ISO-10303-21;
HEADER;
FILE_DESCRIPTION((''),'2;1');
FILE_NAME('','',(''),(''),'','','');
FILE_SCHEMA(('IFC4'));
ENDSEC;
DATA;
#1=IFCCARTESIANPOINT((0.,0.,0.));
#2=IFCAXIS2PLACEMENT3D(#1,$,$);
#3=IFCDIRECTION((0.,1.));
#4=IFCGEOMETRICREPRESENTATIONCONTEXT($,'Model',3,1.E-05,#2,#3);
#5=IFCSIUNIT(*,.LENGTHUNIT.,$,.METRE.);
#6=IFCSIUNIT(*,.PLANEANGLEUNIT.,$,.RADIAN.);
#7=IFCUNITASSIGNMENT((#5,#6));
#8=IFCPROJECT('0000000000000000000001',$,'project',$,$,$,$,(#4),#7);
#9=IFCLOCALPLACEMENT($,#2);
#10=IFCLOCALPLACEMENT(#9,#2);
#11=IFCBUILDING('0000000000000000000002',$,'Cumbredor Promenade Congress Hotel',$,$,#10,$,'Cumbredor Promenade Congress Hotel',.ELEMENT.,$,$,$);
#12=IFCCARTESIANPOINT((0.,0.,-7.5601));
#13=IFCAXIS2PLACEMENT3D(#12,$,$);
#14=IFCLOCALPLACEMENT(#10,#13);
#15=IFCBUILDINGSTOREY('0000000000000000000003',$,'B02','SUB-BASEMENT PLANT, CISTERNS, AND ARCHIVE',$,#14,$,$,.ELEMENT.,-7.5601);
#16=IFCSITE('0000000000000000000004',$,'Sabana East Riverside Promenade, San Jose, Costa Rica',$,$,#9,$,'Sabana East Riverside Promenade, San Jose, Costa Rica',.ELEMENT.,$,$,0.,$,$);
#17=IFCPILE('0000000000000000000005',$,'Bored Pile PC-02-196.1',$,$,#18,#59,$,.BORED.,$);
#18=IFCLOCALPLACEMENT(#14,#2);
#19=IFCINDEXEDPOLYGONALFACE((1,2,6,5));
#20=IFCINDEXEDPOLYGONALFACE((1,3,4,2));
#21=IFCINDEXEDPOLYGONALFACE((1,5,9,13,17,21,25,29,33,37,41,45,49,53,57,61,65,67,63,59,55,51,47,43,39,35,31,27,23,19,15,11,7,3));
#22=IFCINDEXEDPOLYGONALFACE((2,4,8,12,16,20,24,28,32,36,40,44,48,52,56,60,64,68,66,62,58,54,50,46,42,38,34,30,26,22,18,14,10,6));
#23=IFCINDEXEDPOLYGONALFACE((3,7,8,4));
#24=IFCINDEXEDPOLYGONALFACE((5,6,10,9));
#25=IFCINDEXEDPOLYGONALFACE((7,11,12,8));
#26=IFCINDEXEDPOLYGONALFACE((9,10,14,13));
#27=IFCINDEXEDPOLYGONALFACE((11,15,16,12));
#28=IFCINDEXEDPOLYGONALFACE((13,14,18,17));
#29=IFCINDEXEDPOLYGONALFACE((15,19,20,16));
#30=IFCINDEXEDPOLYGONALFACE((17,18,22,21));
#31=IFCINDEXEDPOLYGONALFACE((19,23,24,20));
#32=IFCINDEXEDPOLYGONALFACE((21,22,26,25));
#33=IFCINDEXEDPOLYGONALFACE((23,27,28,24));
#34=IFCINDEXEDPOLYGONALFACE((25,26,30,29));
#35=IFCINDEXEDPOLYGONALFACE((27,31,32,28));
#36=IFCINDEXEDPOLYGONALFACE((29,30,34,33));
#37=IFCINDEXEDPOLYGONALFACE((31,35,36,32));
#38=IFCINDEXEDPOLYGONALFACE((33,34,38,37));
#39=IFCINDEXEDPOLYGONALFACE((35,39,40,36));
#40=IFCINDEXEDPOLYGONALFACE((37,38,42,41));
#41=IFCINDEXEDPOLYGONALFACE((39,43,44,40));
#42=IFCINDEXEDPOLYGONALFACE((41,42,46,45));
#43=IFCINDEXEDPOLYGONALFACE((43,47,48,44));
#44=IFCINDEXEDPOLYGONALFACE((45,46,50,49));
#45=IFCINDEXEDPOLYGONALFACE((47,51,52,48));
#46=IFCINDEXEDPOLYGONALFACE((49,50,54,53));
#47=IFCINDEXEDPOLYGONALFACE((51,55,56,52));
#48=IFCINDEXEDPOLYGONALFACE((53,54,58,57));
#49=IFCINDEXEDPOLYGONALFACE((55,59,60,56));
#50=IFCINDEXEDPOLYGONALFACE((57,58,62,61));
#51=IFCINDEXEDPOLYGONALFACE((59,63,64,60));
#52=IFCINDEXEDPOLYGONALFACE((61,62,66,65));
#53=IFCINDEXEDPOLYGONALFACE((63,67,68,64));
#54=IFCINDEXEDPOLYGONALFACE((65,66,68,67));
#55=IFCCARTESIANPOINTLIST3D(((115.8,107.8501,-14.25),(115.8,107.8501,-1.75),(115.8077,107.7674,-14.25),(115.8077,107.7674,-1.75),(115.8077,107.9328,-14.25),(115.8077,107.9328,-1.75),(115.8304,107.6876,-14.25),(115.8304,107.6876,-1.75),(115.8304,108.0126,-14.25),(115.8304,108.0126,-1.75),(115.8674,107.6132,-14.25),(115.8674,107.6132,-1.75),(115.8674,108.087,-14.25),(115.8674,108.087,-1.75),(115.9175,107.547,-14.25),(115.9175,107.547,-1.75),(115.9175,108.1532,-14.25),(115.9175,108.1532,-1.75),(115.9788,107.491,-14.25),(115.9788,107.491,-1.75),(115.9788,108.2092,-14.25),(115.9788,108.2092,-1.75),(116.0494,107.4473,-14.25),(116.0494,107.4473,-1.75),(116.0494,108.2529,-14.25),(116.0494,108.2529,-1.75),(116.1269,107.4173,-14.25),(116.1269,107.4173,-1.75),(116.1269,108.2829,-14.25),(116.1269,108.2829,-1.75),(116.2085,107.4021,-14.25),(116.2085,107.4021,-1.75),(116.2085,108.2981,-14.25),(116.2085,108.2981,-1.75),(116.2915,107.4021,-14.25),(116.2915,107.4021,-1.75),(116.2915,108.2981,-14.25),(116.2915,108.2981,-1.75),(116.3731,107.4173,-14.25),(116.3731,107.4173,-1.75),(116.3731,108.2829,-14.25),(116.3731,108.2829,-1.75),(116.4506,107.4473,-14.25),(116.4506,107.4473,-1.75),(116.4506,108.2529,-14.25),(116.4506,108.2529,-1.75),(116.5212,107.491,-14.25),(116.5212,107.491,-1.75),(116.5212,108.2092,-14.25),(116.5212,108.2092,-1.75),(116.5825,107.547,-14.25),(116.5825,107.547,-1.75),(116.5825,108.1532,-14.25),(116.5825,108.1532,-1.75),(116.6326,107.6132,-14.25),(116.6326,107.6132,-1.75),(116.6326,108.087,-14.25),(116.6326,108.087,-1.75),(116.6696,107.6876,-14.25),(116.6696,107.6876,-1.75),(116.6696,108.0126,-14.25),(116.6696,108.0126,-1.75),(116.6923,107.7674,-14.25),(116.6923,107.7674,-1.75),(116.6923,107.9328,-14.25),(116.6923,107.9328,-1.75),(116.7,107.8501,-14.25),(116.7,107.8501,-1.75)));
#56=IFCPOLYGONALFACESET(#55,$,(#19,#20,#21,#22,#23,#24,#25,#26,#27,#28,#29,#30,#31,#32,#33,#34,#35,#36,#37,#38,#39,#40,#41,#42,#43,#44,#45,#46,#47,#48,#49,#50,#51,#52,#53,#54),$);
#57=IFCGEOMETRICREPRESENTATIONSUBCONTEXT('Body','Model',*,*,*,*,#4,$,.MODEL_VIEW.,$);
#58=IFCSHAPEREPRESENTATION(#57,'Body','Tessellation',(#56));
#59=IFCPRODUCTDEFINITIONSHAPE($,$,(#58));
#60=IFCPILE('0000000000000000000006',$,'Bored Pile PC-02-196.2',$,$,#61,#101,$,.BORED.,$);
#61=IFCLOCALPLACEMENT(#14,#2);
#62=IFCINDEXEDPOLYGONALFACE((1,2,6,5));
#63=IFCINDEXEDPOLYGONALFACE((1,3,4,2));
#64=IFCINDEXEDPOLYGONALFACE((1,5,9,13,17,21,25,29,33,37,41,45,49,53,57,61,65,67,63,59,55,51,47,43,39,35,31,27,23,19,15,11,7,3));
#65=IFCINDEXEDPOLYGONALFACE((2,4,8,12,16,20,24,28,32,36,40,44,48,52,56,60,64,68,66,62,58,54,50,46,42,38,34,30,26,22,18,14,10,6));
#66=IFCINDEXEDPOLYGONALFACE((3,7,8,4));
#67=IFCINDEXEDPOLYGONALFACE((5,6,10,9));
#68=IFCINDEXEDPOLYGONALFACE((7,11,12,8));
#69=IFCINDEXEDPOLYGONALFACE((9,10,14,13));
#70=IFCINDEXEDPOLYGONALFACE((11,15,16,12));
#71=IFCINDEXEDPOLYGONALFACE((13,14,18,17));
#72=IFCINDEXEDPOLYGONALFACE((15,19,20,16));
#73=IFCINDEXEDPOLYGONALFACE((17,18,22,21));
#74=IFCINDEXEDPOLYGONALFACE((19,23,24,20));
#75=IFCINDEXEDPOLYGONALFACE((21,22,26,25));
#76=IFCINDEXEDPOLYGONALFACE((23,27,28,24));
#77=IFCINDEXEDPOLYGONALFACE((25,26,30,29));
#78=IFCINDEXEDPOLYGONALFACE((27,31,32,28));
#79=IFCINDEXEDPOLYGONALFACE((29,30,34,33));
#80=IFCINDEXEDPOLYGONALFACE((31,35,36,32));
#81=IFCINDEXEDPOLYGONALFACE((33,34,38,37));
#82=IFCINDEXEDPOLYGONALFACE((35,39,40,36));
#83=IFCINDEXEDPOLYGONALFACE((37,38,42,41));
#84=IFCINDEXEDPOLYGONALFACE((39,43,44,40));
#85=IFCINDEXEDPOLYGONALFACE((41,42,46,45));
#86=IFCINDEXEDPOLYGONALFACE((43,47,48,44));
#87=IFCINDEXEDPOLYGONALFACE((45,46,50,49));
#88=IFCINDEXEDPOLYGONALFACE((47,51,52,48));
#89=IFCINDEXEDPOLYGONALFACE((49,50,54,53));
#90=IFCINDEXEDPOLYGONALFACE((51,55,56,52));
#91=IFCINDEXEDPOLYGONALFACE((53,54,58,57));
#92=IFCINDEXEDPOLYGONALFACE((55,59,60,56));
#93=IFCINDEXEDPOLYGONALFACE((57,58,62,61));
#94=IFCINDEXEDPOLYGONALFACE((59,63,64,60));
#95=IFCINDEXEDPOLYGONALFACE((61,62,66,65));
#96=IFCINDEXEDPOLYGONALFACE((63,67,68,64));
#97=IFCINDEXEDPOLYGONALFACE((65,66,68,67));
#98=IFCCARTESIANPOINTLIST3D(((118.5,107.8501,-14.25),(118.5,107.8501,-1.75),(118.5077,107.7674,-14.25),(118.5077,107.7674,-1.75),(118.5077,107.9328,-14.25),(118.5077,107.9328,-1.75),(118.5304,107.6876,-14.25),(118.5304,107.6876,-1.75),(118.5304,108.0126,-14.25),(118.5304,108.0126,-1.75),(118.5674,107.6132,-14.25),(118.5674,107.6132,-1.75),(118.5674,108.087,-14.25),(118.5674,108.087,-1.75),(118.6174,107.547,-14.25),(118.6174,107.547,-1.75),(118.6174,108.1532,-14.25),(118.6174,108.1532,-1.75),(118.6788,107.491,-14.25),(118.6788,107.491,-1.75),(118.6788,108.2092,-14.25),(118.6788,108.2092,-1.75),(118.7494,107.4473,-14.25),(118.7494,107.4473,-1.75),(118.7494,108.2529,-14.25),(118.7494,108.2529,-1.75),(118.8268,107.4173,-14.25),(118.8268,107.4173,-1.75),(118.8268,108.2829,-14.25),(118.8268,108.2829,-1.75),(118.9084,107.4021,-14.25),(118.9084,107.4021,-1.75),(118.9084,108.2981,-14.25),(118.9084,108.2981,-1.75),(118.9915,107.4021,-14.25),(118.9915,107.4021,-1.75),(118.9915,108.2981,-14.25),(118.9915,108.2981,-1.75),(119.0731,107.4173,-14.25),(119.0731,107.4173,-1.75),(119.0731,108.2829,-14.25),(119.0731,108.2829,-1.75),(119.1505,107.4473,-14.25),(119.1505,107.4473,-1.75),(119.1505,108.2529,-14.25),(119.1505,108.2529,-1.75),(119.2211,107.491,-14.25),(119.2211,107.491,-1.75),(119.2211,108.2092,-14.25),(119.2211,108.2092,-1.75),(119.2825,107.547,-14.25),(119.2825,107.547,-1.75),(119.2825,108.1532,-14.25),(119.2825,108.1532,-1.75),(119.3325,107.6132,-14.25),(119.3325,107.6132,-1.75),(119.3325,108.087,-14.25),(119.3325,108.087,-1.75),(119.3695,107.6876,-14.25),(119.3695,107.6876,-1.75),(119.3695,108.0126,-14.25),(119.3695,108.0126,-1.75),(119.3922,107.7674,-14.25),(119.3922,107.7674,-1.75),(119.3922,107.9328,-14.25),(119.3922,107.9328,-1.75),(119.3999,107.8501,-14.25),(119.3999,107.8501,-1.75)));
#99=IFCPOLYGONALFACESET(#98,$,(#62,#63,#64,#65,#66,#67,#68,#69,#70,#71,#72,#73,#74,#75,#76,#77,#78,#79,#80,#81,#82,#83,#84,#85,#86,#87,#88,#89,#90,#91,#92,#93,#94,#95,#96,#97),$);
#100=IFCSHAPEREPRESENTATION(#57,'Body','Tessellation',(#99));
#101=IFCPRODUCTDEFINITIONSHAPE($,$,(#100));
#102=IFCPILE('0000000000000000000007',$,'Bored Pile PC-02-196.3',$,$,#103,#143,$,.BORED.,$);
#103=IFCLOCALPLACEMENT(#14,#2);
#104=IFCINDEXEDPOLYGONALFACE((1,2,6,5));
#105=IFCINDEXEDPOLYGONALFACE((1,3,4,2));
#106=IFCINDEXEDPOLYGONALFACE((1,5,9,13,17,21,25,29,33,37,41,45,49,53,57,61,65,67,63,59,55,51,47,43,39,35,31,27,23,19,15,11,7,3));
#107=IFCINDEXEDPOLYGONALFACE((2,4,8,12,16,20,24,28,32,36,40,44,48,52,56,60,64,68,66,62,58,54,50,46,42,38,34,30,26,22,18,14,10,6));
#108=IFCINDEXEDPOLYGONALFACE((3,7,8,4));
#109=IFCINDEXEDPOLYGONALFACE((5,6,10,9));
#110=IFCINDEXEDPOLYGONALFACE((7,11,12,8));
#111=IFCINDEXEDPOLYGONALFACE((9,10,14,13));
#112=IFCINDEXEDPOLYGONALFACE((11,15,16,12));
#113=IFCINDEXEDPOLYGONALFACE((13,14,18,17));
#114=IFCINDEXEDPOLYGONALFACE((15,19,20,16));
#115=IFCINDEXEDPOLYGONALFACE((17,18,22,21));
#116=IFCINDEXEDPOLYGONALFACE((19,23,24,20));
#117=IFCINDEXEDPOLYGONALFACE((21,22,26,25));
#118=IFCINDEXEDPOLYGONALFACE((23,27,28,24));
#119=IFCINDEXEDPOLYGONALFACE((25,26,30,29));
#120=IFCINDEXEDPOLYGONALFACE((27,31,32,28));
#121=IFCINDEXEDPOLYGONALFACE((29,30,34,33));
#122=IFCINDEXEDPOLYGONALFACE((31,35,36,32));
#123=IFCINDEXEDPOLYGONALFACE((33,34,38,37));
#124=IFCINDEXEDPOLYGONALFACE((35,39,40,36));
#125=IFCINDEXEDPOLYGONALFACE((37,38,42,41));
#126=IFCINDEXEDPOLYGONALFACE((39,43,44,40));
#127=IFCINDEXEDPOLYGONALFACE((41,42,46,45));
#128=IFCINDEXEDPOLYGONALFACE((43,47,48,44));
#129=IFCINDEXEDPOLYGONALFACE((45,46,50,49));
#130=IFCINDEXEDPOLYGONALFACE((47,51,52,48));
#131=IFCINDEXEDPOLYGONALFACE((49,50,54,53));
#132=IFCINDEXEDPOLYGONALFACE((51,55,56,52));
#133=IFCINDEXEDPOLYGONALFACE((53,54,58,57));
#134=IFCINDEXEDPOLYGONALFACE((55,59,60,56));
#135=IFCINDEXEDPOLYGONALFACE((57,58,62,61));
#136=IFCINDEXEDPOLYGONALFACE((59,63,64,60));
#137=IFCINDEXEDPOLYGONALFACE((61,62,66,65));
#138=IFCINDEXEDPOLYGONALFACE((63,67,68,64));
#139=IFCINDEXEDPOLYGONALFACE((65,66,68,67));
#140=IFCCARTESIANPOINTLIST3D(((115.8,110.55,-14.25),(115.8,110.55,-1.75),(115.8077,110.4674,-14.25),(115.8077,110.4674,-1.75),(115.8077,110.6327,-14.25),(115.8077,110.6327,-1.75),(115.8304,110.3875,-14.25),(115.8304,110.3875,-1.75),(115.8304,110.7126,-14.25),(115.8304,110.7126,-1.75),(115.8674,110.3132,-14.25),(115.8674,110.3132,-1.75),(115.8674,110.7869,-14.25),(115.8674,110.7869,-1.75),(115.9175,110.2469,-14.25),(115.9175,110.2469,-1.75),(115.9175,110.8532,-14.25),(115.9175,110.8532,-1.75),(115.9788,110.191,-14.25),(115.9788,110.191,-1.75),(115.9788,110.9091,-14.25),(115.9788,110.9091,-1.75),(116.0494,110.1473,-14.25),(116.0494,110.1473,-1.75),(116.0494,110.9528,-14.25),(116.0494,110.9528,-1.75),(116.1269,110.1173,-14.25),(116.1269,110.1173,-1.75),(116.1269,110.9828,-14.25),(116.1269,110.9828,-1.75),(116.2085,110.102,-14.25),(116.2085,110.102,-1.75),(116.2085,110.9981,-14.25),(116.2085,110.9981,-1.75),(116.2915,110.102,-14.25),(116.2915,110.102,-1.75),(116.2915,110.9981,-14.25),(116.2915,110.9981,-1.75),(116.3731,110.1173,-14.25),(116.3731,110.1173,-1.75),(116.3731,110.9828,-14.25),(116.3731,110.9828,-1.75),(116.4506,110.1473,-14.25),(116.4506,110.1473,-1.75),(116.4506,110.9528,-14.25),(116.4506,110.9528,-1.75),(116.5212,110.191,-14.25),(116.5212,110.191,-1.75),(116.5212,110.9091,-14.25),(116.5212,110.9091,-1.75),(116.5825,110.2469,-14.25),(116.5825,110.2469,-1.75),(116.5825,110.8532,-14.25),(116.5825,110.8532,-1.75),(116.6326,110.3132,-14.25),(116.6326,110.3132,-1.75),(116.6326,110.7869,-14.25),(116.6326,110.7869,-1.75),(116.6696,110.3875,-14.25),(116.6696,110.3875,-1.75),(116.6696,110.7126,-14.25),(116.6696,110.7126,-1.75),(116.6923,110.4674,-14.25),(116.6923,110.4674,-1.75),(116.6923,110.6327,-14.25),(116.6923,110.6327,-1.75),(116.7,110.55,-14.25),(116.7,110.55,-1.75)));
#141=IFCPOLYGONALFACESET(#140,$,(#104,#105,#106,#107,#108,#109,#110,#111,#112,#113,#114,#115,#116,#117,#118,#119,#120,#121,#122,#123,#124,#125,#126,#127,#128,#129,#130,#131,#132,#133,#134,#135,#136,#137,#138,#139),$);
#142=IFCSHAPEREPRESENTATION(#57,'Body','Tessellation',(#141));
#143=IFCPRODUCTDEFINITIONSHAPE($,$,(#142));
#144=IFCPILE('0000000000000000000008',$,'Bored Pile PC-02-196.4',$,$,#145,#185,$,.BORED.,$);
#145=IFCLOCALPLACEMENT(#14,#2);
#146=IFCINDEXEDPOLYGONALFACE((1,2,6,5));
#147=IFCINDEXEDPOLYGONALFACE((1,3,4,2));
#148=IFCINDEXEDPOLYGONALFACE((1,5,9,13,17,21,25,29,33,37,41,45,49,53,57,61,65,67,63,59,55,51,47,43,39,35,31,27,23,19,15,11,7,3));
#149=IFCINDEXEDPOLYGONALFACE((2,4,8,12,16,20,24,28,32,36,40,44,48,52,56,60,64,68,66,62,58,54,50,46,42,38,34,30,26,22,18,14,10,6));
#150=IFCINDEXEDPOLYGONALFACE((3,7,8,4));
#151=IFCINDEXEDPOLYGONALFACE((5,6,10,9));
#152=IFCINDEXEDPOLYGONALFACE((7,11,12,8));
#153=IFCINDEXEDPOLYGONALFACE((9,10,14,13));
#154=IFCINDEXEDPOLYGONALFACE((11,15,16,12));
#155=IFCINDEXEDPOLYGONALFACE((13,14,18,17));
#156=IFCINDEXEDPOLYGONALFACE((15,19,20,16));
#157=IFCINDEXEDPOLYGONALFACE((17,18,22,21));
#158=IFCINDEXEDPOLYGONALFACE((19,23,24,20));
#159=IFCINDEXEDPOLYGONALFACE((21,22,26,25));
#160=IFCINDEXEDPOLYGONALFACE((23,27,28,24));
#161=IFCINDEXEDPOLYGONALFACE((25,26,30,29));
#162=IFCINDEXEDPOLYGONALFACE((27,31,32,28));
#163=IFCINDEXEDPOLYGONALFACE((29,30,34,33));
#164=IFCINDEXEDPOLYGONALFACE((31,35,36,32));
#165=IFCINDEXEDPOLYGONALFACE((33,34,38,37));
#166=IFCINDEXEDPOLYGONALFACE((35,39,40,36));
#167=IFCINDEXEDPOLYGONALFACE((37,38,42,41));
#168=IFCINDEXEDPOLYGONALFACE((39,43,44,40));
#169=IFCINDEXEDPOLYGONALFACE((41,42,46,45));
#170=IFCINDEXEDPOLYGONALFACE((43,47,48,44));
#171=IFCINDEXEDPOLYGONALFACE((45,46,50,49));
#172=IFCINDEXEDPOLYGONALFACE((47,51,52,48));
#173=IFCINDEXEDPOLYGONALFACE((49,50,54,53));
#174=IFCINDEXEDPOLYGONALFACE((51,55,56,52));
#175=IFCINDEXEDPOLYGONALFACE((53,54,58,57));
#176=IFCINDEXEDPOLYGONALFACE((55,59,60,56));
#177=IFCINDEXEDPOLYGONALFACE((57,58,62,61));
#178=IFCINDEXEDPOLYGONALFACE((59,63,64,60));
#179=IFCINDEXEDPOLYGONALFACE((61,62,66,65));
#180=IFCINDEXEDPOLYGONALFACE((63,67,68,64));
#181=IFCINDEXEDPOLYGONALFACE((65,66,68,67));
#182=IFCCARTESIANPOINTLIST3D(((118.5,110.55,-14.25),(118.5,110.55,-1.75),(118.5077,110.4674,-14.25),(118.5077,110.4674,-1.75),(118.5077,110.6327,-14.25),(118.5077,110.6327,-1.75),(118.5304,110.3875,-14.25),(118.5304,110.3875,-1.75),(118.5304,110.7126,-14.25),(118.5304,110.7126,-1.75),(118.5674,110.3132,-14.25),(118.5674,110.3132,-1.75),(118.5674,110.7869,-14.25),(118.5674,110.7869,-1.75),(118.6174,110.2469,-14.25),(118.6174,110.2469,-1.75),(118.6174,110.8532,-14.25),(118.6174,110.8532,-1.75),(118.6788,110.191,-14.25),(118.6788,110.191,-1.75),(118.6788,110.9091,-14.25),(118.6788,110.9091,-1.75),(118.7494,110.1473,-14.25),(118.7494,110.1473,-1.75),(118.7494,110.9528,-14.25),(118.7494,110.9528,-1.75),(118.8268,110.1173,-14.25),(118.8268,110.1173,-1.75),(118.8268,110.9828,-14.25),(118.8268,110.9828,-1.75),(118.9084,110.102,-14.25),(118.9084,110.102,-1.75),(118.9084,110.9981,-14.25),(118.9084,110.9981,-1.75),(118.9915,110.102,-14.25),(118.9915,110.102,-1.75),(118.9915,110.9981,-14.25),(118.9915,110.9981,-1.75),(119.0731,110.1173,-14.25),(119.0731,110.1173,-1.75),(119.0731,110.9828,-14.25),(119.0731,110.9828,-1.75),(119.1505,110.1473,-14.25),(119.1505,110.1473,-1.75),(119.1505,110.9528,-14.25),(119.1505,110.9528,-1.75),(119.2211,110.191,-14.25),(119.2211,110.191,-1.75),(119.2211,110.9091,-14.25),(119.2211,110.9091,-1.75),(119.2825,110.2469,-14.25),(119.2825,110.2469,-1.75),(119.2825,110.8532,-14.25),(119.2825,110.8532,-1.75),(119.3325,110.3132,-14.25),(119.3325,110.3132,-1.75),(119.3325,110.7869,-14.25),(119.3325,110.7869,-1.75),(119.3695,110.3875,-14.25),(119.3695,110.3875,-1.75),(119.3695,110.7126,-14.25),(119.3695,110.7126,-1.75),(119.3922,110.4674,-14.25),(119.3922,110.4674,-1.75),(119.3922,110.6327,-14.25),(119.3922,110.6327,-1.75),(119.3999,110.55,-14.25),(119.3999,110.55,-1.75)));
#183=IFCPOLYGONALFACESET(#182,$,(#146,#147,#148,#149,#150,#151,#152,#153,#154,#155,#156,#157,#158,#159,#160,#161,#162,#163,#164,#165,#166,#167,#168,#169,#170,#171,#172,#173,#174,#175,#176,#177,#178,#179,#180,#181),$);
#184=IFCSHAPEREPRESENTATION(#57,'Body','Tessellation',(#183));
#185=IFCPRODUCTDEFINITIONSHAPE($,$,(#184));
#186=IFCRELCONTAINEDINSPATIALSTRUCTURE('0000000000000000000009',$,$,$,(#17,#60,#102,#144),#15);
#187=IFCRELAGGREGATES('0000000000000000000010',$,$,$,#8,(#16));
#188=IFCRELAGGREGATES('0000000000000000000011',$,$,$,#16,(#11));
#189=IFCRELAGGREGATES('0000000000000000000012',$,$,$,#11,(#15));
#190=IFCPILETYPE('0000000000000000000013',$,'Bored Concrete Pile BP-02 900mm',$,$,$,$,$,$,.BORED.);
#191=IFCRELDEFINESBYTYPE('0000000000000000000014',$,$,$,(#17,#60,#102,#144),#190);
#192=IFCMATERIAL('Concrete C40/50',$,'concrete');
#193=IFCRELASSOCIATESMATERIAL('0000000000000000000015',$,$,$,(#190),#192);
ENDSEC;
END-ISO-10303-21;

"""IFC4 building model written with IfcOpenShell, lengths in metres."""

from ifc_helpers import new_model, si_unit, direction, frame, origin, origin_2d, place, context, subcontext, project, spatial, circle, extrude, material, material_profile, profile_set, type_object, element, save


model = new_model("IFC4")

# Units and contexts
model_context = context("Model", 3, precision=1e-05, world=origin(), true_north=direction((0.0, 1.0)))
body_context = subcontext(model_context, "Body", "Model", "MODEL_VIEW")
ifc_project = project(units=[si_unit("LENGTHUNIT", "METRE"), si_unit("PLANEANGLEUNIT", "RADIAN")], contexts=[model_context])

# Site, building, storey
site_placement = place(None, origin())
site = spatial("IfcSite", under=ifc_project, at=site_placement, Name="Sabana East Riverside Promenade, San Jose, Costa Rica", LongName="Sabana East Riverside Promenade, San Jose, Costa Rica", CompositionType="ELEMENT", RefElevation=0.0)
building_placement = place(site_placement, origin())
building = spatial("IfcBuilding", under=site, at=building_placement, Name="Cumbredor Promenade Congress Hotel", LongName="Cumbredor Promenade Congress Hotel", CompositionType="ELEMENT")
storey_placement = place(building_placement, frame((0.0, 0.0, -7.5601)))
storey = spatial("IfcBuildingStorey", under=building, at=storey_placement, Name="B02", Description="SUB-BASEMENT PLANT, CISTERNS, AND ARCHIVE", CompositionType="ELEMENT", Elevation=-7.5601)

# Piles
ifc_material_1 = material(Name="Concrete C40/50", Category="concrete")
ifc_material_profile_1 = material_profile(ifc_material_1, circle(Radius=0.45, at=origin_2d()), Name="PILE D900")
ifc_profile_set_1 = profile_set([ifc_material_profile_1], Name="Concrete C40/50")
pile_type = type_object("IfcPileType", Name="Bored Concrete Pile BP-02 900mm", PredefinedType="BORED", material=ifc_profile_set_1)
for number, where, z_axis, x_axis, name in (
    (1, (116.25, 107.8501, -1.75), (0.0, 0.0, -1.0), (1.0, 0.0, 0.0), "Bored Pile PC-02-196.1"),
    (2, (118.95, 107.8501, -1.75), (0.0, 0.0, -1.0), (1.0, 0.0, 0.0), "Bored Pile PC-02-196.2"),
    (3, (116.25, 110.55, -1.75), (0.0, 0.0, -1.0), (1.0, 0.0, 0.0), "Bored Pile PC-02-196.3"),
    (4, (118.95, 110.55, -1.75), (0.0, 0.0, -1.0), (1.0, 0.0, 0.0), "Bored Pile PC-02-196.4"),
):
    element("IfcPile", number, at=place(storey_placement, frame(where, z_axis=z_axis, x_axis=x_axis)), inside=storey, type_object=pile_type, Name=name, PredefinedType="BORED", context=body_context, shape_type="SweptSolid", body=[
        extrude(circle(Radius=0.45, at=origin_2d()), origin(), (0.0, 0.0, 1.0), 12.5),
    ])

save(model, "model.ifc")
